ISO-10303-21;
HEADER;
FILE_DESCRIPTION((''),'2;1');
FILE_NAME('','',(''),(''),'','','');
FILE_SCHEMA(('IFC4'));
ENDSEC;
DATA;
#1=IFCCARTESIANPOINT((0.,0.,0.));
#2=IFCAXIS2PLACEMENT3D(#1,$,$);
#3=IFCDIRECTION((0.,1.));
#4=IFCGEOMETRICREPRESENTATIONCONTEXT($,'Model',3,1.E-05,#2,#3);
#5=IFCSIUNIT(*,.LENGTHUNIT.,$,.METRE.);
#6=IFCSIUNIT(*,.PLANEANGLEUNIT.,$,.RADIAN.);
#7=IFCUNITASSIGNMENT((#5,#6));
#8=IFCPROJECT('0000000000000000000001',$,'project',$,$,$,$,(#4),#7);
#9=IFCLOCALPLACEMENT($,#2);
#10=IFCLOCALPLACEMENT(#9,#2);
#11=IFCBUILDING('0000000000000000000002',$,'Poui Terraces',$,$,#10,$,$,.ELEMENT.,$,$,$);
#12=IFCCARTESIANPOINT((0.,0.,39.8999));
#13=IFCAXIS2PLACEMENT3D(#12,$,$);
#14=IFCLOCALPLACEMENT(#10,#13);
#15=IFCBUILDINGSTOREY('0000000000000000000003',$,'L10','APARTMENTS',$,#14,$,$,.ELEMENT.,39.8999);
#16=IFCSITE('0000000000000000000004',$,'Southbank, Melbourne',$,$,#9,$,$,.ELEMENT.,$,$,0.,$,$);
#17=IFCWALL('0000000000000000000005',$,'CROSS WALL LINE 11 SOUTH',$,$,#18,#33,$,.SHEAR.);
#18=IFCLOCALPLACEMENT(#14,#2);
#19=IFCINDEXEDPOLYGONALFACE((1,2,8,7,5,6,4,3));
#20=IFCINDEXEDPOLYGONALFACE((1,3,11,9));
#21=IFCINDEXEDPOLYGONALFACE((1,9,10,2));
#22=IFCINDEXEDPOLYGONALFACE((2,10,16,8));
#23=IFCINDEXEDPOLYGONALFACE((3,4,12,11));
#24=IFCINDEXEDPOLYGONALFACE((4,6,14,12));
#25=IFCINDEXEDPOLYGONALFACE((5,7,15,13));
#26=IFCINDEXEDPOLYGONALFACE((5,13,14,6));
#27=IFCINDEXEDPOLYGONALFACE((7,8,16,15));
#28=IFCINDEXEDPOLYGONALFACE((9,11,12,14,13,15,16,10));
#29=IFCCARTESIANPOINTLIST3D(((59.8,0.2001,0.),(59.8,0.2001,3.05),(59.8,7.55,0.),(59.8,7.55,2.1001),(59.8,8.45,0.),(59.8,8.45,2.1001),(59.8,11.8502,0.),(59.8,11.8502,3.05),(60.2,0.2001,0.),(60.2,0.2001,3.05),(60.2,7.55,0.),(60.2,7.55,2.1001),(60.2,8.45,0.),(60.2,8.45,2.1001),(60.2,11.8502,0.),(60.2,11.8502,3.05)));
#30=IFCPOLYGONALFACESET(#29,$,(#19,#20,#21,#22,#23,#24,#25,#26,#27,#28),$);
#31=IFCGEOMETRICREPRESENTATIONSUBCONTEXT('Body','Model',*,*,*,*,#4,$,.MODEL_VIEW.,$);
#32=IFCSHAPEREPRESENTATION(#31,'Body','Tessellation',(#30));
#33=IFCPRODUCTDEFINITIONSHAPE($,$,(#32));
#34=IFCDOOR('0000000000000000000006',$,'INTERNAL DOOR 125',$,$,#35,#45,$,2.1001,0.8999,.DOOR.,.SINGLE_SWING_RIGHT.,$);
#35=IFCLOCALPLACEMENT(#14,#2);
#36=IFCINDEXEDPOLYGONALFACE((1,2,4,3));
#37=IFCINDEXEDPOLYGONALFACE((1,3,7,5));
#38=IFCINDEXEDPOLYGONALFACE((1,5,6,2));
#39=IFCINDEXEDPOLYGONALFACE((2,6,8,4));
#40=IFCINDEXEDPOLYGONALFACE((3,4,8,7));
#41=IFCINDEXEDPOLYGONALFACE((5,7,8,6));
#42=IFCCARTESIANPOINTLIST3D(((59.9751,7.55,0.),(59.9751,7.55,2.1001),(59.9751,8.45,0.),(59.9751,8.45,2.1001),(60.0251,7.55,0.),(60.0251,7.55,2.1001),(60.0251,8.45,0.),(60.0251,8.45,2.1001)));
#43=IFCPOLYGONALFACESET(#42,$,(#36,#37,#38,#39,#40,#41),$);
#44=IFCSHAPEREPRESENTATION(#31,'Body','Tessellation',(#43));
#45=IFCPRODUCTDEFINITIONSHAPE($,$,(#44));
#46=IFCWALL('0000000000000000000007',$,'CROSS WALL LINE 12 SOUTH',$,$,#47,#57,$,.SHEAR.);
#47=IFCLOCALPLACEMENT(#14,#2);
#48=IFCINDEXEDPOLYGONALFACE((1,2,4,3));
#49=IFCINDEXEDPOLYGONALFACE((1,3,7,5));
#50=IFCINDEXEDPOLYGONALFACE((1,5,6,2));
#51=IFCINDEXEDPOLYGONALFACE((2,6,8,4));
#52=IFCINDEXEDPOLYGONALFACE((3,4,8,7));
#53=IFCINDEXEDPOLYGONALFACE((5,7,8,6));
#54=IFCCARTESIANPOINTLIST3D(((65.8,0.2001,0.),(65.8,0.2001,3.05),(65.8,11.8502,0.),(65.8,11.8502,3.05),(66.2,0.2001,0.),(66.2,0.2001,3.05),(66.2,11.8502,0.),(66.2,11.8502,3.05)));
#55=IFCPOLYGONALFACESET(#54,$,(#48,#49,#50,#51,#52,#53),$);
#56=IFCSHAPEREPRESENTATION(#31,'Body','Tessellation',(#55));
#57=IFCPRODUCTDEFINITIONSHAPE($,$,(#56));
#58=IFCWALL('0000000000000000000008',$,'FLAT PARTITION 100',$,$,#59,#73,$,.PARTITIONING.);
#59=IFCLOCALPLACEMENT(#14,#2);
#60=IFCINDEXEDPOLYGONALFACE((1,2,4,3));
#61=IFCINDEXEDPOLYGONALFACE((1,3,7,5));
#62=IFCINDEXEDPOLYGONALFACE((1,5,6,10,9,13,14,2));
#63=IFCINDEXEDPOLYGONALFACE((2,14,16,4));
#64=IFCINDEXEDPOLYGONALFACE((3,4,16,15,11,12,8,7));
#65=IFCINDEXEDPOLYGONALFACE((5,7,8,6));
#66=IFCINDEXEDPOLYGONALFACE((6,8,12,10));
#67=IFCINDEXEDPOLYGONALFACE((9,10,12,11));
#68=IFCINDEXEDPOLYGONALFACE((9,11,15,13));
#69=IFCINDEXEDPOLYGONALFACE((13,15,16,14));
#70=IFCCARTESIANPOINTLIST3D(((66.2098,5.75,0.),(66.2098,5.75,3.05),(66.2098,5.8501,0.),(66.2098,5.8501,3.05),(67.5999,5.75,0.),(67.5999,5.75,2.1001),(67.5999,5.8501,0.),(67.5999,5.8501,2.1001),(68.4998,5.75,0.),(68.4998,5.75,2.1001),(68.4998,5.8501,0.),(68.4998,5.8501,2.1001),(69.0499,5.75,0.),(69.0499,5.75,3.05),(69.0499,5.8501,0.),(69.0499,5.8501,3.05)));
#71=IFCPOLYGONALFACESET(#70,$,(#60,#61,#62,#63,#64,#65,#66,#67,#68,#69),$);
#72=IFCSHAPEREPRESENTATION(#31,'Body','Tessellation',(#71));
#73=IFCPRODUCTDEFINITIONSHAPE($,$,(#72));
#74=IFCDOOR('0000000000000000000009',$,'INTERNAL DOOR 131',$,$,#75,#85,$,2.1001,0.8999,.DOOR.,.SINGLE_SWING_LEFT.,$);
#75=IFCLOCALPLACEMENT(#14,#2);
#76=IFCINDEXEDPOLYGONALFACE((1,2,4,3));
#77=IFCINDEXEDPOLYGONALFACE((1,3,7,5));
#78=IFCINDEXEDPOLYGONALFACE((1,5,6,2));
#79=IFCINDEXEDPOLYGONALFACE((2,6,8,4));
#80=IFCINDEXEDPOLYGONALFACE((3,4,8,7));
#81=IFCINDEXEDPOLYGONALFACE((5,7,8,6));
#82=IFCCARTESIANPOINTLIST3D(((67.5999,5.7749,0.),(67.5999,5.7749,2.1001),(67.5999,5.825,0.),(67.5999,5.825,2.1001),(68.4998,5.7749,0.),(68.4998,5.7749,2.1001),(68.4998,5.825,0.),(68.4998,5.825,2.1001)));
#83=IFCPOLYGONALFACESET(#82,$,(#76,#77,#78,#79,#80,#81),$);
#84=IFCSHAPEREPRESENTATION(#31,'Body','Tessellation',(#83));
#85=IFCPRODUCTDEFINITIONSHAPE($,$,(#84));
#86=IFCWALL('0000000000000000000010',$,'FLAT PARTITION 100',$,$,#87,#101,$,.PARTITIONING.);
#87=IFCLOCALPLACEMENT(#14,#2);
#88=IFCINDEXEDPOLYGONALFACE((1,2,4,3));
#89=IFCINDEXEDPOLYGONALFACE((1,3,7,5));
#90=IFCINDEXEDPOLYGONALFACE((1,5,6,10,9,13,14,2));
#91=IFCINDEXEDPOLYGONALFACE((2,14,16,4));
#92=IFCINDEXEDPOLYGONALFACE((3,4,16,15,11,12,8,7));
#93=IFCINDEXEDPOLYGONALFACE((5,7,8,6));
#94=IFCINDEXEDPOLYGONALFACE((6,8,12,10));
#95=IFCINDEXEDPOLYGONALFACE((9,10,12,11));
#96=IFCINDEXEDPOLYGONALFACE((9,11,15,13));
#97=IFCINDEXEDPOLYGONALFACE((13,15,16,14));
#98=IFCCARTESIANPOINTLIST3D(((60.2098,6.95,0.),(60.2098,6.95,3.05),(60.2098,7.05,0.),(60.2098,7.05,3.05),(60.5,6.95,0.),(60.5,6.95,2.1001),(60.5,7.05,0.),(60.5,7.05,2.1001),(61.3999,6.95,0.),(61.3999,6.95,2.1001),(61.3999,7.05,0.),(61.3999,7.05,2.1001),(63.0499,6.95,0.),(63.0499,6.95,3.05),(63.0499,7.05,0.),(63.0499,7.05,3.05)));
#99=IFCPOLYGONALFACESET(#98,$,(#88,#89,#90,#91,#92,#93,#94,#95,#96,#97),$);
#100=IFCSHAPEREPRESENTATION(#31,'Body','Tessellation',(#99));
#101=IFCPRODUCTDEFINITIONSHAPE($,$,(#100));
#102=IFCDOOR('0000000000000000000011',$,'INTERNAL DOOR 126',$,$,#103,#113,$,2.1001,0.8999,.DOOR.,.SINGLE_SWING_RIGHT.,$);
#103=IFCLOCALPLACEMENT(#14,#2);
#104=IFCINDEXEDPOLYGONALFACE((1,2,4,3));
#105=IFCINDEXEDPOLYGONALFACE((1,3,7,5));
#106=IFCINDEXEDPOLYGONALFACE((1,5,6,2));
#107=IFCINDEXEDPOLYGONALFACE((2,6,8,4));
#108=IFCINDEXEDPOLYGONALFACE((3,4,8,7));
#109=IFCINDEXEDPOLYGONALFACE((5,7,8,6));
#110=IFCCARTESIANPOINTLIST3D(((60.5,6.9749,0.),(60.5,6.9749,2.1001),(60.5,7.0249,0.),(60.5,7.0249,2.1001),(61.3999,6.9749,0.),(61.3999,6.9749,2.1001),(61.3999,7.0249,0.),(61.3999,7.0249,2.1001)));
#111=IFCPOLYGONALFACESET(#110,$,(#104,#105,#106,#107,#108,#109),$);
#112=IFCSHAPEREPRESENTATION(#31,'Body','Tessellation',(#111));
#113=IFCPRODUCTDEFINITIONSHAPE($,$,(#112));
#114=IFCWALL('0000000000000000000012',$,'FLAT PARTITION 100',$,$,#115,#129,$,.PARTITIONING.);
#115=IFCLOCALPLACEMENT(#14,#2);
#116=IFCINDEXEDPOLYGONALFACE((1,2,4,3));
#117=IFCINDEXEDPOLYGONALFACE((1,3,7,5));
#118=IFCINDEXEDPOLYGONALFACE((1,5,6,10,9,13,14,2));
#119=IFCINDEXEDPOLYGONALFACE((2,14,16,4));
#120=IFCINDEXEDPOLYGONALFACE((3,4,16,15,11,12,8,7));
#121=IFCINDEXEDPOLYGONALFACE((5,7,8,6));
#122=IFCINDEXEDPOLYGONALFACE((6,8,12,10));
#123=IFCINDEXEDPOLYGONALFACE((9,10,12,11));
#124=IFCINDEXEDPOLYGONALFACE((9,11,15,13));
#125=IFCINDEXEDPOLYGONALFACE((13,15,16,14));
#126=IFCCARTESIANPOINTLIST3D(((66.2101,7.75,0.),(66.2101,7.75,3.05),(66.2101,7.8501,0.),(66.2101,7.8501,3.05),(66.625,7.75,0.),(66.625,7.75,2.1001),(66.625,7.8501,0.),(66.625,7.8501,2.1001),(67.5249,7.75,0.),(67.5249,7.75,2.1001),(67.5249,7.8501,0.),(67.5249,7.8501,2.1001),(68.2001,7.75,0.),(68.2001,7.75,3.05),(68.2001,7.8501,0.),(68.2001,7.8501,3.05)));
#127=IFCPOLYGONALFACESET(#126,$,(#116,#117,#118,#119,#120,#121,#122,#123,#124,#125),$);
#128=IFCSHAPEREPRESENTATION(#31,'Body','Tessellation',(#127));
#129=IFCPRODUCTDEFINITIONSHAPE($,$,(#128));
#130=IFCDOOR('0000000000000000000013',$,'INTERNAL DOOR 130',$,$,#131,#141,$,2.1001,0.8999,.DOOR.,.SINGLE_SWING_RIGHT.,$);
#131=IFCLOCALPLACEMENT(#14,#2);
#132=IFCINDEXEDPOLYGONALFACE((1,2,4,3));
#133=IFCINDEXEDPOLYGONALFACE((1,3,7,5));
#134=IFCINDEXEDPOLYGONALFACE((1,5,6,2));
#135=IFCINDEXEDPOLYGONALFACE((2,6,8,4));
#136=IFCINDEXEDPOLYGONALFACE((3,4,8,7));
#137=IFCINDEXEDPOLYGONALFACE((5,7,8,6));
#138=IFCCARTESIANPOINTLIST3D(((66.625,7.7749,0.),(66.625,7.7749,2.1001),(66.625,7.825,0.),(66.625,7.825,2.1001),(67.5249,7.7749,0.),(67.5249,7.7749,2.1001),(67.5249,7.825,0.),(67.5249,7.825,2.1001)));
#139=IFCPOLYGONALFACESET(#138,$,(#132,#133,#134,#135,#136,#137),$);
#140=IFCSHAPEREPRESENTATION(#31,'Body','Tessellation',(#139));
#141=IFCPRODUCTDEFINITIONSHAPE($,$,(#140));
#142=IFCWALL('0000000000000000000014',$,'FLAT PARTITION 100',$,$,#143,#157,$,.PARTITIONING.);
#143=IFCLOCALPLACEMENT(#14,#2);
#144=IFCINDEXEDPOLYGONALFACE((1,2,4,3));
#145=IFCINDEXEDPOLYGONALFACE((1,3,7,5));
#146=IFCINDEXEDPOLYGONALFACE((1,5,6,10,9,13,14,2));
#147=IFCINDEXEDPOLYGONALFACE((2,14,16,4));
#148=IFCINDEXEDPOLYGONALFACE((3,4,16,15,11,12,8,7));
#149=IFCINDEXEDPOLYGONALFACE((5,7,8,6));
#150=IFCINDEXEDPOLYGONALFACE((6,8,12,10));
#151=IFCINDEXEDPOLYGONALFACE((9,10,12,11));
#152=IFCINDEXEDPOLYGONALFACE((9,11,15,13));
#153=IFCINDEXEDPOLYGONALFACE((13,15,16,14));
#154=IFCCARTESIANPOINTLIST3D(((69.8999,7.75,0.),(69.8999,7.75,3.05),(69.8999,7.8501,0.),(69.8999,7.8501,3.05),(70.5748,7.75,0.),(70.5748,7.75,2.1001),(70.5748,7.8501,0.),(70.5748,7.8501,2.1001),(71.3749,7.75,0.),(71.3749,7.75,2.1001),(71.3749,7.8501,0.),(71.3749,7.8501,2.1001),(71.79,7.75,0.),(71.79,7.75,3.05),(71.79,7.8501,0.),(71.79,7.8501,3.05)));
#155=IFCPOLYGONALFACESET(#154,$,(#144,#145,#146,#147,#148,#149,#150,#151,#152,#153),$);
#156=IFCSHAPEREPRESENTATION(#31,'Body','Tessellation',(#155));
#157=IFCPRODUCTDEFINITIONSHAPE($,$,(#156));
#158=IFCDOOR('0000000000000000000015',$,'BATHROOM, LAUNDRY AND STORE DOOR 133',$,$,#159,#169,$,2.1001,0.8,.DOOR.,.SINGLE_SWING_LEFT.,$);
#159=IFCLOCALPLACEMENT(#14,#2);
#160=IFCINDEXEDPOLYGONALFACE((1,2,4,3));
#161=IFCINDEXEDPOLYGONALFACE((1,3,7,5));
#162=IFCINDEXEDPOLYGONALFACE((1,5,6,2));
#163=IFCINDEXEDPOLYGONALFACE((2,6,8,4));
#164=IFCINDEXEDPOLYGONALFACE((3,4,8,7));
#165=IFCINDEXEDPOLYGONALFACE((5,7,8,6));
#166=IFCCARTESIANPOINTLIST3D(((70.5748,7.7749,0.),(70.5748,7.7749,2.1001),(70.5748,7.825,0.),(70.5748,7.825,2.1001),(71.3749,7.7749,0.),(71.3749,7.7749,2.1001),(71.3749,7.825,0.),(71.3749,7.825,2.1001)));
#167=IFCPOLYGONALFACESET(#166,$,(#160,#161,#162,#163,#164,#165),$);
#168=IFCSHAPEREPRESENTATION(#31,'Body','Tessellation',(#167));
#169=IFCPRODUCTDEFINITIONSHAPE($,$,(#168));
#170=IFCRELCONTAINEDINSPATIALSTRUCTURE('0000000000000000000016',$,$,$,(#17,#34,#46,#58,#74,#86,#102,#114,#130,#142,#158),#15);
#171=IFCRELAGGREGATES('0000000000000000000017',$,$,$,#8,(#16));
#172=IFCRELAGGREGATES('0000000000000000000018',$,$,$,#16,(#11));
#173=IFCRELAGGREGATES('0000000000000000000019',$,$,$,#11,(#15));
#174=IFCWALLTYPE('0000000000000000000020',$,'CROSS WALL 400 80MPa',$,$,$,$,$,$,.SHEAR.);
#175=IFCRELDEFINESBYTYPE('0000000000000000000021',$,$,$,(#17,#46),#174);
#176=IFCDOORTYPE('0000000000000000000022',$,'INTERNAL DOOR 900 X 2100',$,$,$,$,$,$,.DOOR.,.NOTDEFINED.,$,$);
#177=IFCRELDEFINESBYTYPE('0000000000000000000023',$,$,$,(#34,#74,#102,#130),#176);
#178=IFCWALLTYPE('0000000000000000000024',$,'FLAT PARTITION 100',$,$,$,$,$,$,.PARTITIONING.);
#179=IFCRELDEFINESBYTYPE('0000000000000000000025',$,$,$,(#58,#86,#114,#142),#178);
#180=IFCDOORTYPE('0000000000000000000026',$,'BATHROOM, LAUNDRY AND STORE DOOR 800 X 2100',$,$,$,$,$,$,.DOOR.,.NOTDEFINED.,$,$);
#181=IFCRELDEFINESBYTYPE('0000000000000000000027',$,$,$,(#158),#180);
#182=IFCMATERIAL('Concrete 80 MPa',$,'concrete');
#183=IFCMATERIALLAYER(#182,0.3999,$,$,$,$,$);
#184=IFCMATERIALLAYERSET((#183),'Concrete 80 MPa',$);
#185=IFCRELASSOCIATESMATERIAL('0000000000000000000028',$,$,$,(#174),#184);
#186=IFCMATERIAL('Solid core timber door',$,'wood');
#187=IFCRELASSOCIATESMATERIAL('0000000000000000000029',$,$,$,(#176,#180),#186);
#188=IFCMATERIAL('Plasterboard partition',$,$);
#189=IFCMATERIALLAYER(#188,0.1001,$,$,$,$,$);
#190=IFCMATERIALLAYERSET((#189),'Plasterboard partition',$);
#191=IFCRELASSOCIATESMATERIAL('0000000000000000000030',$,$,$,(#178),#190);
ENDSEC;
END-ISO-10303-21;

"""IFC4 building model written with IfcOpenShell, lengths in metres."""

from ifc_helpers import new_model, si_unit, direction, frame, frame_2d, origin, place, context, subcontext, project, spatial, rectangle, extrude, material, layer, layer_set, type_object, element, fill, save


model = new_model("IFC4")

# Units and contexts
model_context = context("Model", 3, precision=1e-05, world=origin(), true_north=direction((0.0, 1.0)))
body_context = subcontext(model_context, "Body", "Model", "MODEL_VIEW")
ifc_project = project(units=[si_unit("LENGTHUNIT", "METRE"), si_unit("PLANEANGLEUNIT", "RADIAN")], contexts=[model_context])

# Site, building, storey
site_placement = place(None, origin())
site = spatial("IfcSite", under=ifc_project, at=site_placement, Name="Southbank, Melbourne", CompositionType="ELEMENT", RefElevation=0.0)
building_placement = place(site_placement, origin())
building = spatial("IfcBuilding", under=site, at=building_placement, Name="Poui Terraces", CompositionType="ELEMENT")
storey_placement = place(building_placement, frame((0.0, 0.0, 39.8999)))
storey = spatial("IfcBuildingStorey", under=building, at=storey_placement, Name="L10", Description="APARTMENTS", CompositionType="ELEMENT", Elevation=39.8999)

# Wall, opening, door
ifc_material_1 = material(Name="Concrete 80 MPa", Category="concrete")
ifc_layer_1 = layer(ifc_material_1, 0.3999)
ifc_layer_set_1 = layer_set([ifc_layer_1], Name="Concrete 80 MPa")
wall_type_1 = type_object("IfcWallType", Name="CROSS WALL 400 80MPa", PredefinedType="SHEAR", material=ifc_layer_set_1)
wall_1_placement = place(storey_placement, frame((60.0, 0.2, 0.0), z_axis=(0.0, 0.0, 1.0), x_axis=(0.0, 1.0, 0.0)))
wall_1 = element("IfcWall", 1, at=wall_1_placement, inside=storey, type_object=wall_type_1, Name="CROSS WALL LINE 11 SOUTH", PredefinedType="SHEAR", context=body_context, shape_type="SweptSolid", body=[
    extrude(rectangle(XDim=11.6501, YDim=0.3999, at=frame_2d((5.8252, 0.0))), origin(), (0.0, 0.0, 1.0), 3.05),
])
opening_1_placement = place(wall_1_placement, frame((7.3501, 0.0, 0.0)))
opening_1 = element("IfcOpeningElement", 2, at=opening_1_placement, cuts=wall_1, PredefinedType="OPENING", context=body_context, shape_type="SweptSolid", body=[
    extrude(rectangle(XDim=0.8999, YDim=2.1001, at=frame_2d((0.45, 1.05))), frame((0.0, 0.21, 0.0), z_axis=(0.0, -1.0, 0.0), x_axis=(1.0, 0.0, 0.0)), (0.0, 0.0, 1.0), 0.4199),
])
ifc_material_2 = material(Name="Solid core timber door", Category="wood")
door_type_1 = type_object("IfcDoorType", Name="INTERNAL DOOR 900 X 2100", OperationType="NOTDEFINED", PredefinedType="DOOR", material=ifc_material_2)
door_1_placement = place(opening_1_placement, origin())
door_1 = element("IfcDoor", 3, at=door_1_placement, inside=storey, type_object=door_type_1, Name="INTERNAL DOOR 125", OperationType="SINGLE_SWING_RIGHT", OverallHeight=2.1001, OverallWidth=0.8999, PredefinedType="DOOR", context=body_context, shape_type="SweptSolid", body=[
    extrude(rectangle(XDim=0.8999, YDim=2.1001, at=frame_2d((0.45, 1.05))), frame((0.0, 0.0249, 0.0), z_axis=(0.0, -1.0, 0.0), x_axis=(1.0, 0.0, 0.0)), (0.0, 0.0, 1.0), 0.05),
])
fill(opening_1, door_1)

# Wall
wall_2_placement = place(storey_placement, frame((66.0, 0.2, 0.0), z_axis=(0.0, 0.0, 1.0), x_axis=(0.0, 1.0, 0.0)))
element("IfcWall", 4, at=wall_2_placement, inside=storey, type_object=wall_type_1, Name="CROSS WALL LINE 12 SOUTH", PredefinedType="SHEAR", context=body_context, shape_type="SweptSolid", body=[
    extrude(rectangle(XDim=11.6501, YDim=0.3999, at=frame_2d((5.8252, 0.0))), origin(), (0.0, 0.0, 1.0), 3.05),
])

# Walls, openings, doors
ifc_material_3 = material(Name="Plasterboard partition")
ifc_layer_2 = layer(ifc_material_3, 0.1001)
ifc_layer_set_2 = layer_set([ifc_layer_2], Name="Plasterboard partition")
wall_type_2 = type_object("IfcWallType", Name="FLAT PARTITION 100", PredefinedType="PARTITIONING", material=ifc_layer_set_2)
wall_3_placement = place(storey_placement, frame((66.21, 5.8, 0.0), z_axis=(0.0, 0.0, 1.0), x_axis=(1.0, 0.0, 0.0)))
wall_3 = element("IfcWall", 5, at=wall_3_placement, inside=storey, type_object=wall_type_2, Name="FLAT PARTITION 100", PredefinedType="PARTITIONING", context=body_context, shape_type="SweptSolid", body=[
    extrude(rectangle(XDim=2.8401, YDim=0.1001, at=frame_2d((1.4199, 0.0))), origin(), (0.0, 0.0, 1.0), 3.05),
])
opening_2_placement = place(wall_3_placement, frame((1.3899, 0.0, 0.0)))
opening_2 = element("IfcOpeningElement", 6, at=opening_2_placement, cuts=wall_3, PredefinedType="OPENING", context=body_context, shape_type="SweptSolid", body=[
    extrude(rectangle(XDim=0.8999, YDim=2.1001, at=frame_2d((0.45, 1.05))), frame((0.0, 0.0601, 0.0), z_axis=(0.0, -1.0, 0.0), x_axis=(1.0, 0.0, 0.0)), (0.0, 0.0, 1.0), 0.1201),
])
door_2_placement = place(opening_2_placement, origin())
door_2 = element("IfcDoor", 7, at=door_2_placement, inside=storey, type_object=door_type_1, Name="INTERNAL DOOR 131", OperationType="SINGLE_SWING_LEFT", OverallHeight=2.1001, OverallWidth=0.8999, PredefinedType="DOOR", context=body_context, shape_type="SweptSolid", body=[
    extrude(rectangle(XDim=0.8999, YDim=2.1001, at=frame_2d((0.45, 1.05))), frame((0.0, 0.0249, 0.0), z_axis=(0.0, -1.0, 0.0), x_axis=(1.0, 0.0, 0.0)), (0.0, 0.0, 1.0), 0.05),
])
fill(opening_2, door_2)
wall_4_placement = place(storey_placement, frame((60.21, 7.0, 0.0), z_axis=(0.0, 0.0, 1.0), x_axis=(1.0, 0.0, 0.0)))
wall_4 = element("IfcWall", 8, at=wall_4_placement, inside=storey, type_object=wall_type_2, Name="FLAT PARTITION 100", PredefinedType="PARTITIONING", context=body_context, shape_type="SweptSolid", body=[
    extrude(rectangle(XDim=2.8401, YDim=0.1001, at=frame_2d((1.4199, 0.0))), origin(), (0.0, 0.0, 1.0), 3.05),
])
opening_3_placement = place(wall_4_placement, frame((0.29, 0.0, 0.0)))
opening_3 = element("IfcOpeningElement", 9, at=opening_3_placement, cuts=wall_4, PredefinedType="OPENING", context=body_context, shape_type="SweptSolid", body=[
    extrude(rectangle(XDim=0.8999, YDim=2.1001, at=frame_2d((0.45, 1.05))), frame((0.0, 0.0601, 0.0), z_axis=(0.0, -1.0, 0.0), x_axis=(1.0, 0.0, 0.0)), (0.0, 0.0, 1.0), 0.1201),
])
door_3_placement = place(opening_3_placement, origin())
door_3 = element("IfcDoor", 10, at=door_3_placement, inside=storey, type_object=door_type_1, Name="INTERNAL DOOR 126", OperationType="SINGLE_SWING_RIGHT", OverallHeight=2.1001, OverallWidth=0.8999, PredefinedType="DOOR", context=body_context, shape_type="SweptSolid", body=[
    extrude(rectangle(XDim=0.8999, YDim=2.1001, at=frame_2d((0.45, 1.05))), frame((0.0, 0.0249, 0.0), z_axis=(0.0, -1.0, 0.0), x_axis=(1.0, 0.0, 0.0)), (0.0, 0.0, 1.0), 0.05),
])
fill(opening_3, door_3)
wall_5_placement = place(storey_placement, frame((66.21, 7.8, 0.0), z_axis=(0.0, 0.0, 1.0), x_axis=(1.0, 0.0, 0.0)))
wall_5 = element("IfcWall", 11, at=wall_5_placement, inside=storey, type_object=wall_type_2, Name="FLAT PARTITION 100", PredefinedType="PARTITIONING", context=body_context, shape_type="SweptSolid", body=[
    extrude(rectangle(XDim=1.99, YDim=0.1001, at=frame_2d((0.9951, 0.0))), origin(), (0.0, 0.0, 1.0), 3.05),
])
opening_4_placement = place(wall_5_placement, frame((0.415, 0.0, 0.0)))
opening_4 = element("IfcOpeningElement", 12, at=opening_4_placement, cuts=wall_5, PredefinedType="OPENING", context=body_context, shape_type="SweptSolid", body=[
    extrude(rectangle(XDim=0.8999, YDim=2.1001, at=frame_2d((0.45, 1.05))), frame((0.0, 0.0601, 0.0), z_axis=(0.0, -1.0, 0.0), x_axis=(1.0, 0.0, 0.0)), (0.0, 0.0, 1.0), 0.1201),
])
door_4_placement = place(opening_4_placement, origin())
door_4 = element("IfcDoor", 13, at=door_4_placement, inside=storey, type_object=door_type_1, Name="INTERNAL DOOR 130", OperationType="SINGLE_SWING_RIGHT", OverallHeight=2.1001, OverallWidth=0.8999, PredefinedType="DOOR", context=body_context, shape_type="SweptSolid", body=[
    extrude(rectangle(XDim=0.8999, YDim=2.1001, at=frame_2d((0.45, 1.05))), frame((0.0, 0.0249, 0.0), z_axis=(0.0, -1.0, 0.0), x_axis=(1.0, 0.0, 0.0)), (0.0, 0.0, 1.0), 0.05),
])
fill(opening_4, door_4)
wall_6_placement = place(storey_placement, frame((69.8999, 7.8, 0.0), z_axis=(0.0, 0.0, 1.0), x_axis=(1.0, 0.0, 0.0)))
wall_6 = element("IfcWall", 14, at=wall_6_placement, inside=storey, type_object=wall_type_2, Name="FLAT PARTITION 100", PredefinedType="PARTITIONING", context=body_context, shape_type="SweptSolid", body=[
    extrude(rectangle(XDim=1.8901, YDim=0.1001, at=frame_2d((0.9451, 0.0))), origin(), (0.0, 0.0, 1.0), 3.05),
])
opening_5_placement = place(wall_6_placement, frame((0.675, 0.0, 0.0)))
opening_5 = element("IfcOpeningElement", 15, at=opening_5_placement, cuts=wall_6, PredefinedType="OPENING", context=body_context, shape_type="SweptSolid", body=[
    extrude(rectangle(XDim=0.8, YDim=2.1001, at=frame_2d((0.3999, 1.05))), frame((0.0, 0.0601, 0.0), z_axis=(0.0, -1.0, 0.0), x_axis=(1.0, 0.0, 0.0)), (0.0, 0.0, 1.0), 0.1201),
])
door_type_2 = type_object("IfcDoorType", Name="BATHROOM, LAUNDRY AND STORE DOOR 800 X 2100", OperationType="NOTDEFINED", PredefinedType="DOOR", material=ifc_material_2)
door_5_placement = place(opening_5_placement, origin())
door_5 = element("IfcDoor", 16, at=door_5_placement, inside=storey, type_object=door_type_2, Name="BATHROOM, LAUNDRY AND STORE DOOR 133", OperationType="SINGLE_SWING_LEFT", OverallHeight=2.1001, OverallWidth=0.8, PredefinedType="DOOR", context=body_context, shape_type="SweptSolid", body=[
    extrude(rectangle(XDim=0.8, YDim=2.1001, at=frame_2d((0.3999, 1.05))), frame((0.0, 0.0249, 0.0), z_axis=(0.0, -1.0, 0.0), x_axis=(1.0, 0.0, 0.0)), (0.0, 0.0, 1.0), 0.05),
])
fill(opening_5, door_5)

save(model, "model.ifc")
